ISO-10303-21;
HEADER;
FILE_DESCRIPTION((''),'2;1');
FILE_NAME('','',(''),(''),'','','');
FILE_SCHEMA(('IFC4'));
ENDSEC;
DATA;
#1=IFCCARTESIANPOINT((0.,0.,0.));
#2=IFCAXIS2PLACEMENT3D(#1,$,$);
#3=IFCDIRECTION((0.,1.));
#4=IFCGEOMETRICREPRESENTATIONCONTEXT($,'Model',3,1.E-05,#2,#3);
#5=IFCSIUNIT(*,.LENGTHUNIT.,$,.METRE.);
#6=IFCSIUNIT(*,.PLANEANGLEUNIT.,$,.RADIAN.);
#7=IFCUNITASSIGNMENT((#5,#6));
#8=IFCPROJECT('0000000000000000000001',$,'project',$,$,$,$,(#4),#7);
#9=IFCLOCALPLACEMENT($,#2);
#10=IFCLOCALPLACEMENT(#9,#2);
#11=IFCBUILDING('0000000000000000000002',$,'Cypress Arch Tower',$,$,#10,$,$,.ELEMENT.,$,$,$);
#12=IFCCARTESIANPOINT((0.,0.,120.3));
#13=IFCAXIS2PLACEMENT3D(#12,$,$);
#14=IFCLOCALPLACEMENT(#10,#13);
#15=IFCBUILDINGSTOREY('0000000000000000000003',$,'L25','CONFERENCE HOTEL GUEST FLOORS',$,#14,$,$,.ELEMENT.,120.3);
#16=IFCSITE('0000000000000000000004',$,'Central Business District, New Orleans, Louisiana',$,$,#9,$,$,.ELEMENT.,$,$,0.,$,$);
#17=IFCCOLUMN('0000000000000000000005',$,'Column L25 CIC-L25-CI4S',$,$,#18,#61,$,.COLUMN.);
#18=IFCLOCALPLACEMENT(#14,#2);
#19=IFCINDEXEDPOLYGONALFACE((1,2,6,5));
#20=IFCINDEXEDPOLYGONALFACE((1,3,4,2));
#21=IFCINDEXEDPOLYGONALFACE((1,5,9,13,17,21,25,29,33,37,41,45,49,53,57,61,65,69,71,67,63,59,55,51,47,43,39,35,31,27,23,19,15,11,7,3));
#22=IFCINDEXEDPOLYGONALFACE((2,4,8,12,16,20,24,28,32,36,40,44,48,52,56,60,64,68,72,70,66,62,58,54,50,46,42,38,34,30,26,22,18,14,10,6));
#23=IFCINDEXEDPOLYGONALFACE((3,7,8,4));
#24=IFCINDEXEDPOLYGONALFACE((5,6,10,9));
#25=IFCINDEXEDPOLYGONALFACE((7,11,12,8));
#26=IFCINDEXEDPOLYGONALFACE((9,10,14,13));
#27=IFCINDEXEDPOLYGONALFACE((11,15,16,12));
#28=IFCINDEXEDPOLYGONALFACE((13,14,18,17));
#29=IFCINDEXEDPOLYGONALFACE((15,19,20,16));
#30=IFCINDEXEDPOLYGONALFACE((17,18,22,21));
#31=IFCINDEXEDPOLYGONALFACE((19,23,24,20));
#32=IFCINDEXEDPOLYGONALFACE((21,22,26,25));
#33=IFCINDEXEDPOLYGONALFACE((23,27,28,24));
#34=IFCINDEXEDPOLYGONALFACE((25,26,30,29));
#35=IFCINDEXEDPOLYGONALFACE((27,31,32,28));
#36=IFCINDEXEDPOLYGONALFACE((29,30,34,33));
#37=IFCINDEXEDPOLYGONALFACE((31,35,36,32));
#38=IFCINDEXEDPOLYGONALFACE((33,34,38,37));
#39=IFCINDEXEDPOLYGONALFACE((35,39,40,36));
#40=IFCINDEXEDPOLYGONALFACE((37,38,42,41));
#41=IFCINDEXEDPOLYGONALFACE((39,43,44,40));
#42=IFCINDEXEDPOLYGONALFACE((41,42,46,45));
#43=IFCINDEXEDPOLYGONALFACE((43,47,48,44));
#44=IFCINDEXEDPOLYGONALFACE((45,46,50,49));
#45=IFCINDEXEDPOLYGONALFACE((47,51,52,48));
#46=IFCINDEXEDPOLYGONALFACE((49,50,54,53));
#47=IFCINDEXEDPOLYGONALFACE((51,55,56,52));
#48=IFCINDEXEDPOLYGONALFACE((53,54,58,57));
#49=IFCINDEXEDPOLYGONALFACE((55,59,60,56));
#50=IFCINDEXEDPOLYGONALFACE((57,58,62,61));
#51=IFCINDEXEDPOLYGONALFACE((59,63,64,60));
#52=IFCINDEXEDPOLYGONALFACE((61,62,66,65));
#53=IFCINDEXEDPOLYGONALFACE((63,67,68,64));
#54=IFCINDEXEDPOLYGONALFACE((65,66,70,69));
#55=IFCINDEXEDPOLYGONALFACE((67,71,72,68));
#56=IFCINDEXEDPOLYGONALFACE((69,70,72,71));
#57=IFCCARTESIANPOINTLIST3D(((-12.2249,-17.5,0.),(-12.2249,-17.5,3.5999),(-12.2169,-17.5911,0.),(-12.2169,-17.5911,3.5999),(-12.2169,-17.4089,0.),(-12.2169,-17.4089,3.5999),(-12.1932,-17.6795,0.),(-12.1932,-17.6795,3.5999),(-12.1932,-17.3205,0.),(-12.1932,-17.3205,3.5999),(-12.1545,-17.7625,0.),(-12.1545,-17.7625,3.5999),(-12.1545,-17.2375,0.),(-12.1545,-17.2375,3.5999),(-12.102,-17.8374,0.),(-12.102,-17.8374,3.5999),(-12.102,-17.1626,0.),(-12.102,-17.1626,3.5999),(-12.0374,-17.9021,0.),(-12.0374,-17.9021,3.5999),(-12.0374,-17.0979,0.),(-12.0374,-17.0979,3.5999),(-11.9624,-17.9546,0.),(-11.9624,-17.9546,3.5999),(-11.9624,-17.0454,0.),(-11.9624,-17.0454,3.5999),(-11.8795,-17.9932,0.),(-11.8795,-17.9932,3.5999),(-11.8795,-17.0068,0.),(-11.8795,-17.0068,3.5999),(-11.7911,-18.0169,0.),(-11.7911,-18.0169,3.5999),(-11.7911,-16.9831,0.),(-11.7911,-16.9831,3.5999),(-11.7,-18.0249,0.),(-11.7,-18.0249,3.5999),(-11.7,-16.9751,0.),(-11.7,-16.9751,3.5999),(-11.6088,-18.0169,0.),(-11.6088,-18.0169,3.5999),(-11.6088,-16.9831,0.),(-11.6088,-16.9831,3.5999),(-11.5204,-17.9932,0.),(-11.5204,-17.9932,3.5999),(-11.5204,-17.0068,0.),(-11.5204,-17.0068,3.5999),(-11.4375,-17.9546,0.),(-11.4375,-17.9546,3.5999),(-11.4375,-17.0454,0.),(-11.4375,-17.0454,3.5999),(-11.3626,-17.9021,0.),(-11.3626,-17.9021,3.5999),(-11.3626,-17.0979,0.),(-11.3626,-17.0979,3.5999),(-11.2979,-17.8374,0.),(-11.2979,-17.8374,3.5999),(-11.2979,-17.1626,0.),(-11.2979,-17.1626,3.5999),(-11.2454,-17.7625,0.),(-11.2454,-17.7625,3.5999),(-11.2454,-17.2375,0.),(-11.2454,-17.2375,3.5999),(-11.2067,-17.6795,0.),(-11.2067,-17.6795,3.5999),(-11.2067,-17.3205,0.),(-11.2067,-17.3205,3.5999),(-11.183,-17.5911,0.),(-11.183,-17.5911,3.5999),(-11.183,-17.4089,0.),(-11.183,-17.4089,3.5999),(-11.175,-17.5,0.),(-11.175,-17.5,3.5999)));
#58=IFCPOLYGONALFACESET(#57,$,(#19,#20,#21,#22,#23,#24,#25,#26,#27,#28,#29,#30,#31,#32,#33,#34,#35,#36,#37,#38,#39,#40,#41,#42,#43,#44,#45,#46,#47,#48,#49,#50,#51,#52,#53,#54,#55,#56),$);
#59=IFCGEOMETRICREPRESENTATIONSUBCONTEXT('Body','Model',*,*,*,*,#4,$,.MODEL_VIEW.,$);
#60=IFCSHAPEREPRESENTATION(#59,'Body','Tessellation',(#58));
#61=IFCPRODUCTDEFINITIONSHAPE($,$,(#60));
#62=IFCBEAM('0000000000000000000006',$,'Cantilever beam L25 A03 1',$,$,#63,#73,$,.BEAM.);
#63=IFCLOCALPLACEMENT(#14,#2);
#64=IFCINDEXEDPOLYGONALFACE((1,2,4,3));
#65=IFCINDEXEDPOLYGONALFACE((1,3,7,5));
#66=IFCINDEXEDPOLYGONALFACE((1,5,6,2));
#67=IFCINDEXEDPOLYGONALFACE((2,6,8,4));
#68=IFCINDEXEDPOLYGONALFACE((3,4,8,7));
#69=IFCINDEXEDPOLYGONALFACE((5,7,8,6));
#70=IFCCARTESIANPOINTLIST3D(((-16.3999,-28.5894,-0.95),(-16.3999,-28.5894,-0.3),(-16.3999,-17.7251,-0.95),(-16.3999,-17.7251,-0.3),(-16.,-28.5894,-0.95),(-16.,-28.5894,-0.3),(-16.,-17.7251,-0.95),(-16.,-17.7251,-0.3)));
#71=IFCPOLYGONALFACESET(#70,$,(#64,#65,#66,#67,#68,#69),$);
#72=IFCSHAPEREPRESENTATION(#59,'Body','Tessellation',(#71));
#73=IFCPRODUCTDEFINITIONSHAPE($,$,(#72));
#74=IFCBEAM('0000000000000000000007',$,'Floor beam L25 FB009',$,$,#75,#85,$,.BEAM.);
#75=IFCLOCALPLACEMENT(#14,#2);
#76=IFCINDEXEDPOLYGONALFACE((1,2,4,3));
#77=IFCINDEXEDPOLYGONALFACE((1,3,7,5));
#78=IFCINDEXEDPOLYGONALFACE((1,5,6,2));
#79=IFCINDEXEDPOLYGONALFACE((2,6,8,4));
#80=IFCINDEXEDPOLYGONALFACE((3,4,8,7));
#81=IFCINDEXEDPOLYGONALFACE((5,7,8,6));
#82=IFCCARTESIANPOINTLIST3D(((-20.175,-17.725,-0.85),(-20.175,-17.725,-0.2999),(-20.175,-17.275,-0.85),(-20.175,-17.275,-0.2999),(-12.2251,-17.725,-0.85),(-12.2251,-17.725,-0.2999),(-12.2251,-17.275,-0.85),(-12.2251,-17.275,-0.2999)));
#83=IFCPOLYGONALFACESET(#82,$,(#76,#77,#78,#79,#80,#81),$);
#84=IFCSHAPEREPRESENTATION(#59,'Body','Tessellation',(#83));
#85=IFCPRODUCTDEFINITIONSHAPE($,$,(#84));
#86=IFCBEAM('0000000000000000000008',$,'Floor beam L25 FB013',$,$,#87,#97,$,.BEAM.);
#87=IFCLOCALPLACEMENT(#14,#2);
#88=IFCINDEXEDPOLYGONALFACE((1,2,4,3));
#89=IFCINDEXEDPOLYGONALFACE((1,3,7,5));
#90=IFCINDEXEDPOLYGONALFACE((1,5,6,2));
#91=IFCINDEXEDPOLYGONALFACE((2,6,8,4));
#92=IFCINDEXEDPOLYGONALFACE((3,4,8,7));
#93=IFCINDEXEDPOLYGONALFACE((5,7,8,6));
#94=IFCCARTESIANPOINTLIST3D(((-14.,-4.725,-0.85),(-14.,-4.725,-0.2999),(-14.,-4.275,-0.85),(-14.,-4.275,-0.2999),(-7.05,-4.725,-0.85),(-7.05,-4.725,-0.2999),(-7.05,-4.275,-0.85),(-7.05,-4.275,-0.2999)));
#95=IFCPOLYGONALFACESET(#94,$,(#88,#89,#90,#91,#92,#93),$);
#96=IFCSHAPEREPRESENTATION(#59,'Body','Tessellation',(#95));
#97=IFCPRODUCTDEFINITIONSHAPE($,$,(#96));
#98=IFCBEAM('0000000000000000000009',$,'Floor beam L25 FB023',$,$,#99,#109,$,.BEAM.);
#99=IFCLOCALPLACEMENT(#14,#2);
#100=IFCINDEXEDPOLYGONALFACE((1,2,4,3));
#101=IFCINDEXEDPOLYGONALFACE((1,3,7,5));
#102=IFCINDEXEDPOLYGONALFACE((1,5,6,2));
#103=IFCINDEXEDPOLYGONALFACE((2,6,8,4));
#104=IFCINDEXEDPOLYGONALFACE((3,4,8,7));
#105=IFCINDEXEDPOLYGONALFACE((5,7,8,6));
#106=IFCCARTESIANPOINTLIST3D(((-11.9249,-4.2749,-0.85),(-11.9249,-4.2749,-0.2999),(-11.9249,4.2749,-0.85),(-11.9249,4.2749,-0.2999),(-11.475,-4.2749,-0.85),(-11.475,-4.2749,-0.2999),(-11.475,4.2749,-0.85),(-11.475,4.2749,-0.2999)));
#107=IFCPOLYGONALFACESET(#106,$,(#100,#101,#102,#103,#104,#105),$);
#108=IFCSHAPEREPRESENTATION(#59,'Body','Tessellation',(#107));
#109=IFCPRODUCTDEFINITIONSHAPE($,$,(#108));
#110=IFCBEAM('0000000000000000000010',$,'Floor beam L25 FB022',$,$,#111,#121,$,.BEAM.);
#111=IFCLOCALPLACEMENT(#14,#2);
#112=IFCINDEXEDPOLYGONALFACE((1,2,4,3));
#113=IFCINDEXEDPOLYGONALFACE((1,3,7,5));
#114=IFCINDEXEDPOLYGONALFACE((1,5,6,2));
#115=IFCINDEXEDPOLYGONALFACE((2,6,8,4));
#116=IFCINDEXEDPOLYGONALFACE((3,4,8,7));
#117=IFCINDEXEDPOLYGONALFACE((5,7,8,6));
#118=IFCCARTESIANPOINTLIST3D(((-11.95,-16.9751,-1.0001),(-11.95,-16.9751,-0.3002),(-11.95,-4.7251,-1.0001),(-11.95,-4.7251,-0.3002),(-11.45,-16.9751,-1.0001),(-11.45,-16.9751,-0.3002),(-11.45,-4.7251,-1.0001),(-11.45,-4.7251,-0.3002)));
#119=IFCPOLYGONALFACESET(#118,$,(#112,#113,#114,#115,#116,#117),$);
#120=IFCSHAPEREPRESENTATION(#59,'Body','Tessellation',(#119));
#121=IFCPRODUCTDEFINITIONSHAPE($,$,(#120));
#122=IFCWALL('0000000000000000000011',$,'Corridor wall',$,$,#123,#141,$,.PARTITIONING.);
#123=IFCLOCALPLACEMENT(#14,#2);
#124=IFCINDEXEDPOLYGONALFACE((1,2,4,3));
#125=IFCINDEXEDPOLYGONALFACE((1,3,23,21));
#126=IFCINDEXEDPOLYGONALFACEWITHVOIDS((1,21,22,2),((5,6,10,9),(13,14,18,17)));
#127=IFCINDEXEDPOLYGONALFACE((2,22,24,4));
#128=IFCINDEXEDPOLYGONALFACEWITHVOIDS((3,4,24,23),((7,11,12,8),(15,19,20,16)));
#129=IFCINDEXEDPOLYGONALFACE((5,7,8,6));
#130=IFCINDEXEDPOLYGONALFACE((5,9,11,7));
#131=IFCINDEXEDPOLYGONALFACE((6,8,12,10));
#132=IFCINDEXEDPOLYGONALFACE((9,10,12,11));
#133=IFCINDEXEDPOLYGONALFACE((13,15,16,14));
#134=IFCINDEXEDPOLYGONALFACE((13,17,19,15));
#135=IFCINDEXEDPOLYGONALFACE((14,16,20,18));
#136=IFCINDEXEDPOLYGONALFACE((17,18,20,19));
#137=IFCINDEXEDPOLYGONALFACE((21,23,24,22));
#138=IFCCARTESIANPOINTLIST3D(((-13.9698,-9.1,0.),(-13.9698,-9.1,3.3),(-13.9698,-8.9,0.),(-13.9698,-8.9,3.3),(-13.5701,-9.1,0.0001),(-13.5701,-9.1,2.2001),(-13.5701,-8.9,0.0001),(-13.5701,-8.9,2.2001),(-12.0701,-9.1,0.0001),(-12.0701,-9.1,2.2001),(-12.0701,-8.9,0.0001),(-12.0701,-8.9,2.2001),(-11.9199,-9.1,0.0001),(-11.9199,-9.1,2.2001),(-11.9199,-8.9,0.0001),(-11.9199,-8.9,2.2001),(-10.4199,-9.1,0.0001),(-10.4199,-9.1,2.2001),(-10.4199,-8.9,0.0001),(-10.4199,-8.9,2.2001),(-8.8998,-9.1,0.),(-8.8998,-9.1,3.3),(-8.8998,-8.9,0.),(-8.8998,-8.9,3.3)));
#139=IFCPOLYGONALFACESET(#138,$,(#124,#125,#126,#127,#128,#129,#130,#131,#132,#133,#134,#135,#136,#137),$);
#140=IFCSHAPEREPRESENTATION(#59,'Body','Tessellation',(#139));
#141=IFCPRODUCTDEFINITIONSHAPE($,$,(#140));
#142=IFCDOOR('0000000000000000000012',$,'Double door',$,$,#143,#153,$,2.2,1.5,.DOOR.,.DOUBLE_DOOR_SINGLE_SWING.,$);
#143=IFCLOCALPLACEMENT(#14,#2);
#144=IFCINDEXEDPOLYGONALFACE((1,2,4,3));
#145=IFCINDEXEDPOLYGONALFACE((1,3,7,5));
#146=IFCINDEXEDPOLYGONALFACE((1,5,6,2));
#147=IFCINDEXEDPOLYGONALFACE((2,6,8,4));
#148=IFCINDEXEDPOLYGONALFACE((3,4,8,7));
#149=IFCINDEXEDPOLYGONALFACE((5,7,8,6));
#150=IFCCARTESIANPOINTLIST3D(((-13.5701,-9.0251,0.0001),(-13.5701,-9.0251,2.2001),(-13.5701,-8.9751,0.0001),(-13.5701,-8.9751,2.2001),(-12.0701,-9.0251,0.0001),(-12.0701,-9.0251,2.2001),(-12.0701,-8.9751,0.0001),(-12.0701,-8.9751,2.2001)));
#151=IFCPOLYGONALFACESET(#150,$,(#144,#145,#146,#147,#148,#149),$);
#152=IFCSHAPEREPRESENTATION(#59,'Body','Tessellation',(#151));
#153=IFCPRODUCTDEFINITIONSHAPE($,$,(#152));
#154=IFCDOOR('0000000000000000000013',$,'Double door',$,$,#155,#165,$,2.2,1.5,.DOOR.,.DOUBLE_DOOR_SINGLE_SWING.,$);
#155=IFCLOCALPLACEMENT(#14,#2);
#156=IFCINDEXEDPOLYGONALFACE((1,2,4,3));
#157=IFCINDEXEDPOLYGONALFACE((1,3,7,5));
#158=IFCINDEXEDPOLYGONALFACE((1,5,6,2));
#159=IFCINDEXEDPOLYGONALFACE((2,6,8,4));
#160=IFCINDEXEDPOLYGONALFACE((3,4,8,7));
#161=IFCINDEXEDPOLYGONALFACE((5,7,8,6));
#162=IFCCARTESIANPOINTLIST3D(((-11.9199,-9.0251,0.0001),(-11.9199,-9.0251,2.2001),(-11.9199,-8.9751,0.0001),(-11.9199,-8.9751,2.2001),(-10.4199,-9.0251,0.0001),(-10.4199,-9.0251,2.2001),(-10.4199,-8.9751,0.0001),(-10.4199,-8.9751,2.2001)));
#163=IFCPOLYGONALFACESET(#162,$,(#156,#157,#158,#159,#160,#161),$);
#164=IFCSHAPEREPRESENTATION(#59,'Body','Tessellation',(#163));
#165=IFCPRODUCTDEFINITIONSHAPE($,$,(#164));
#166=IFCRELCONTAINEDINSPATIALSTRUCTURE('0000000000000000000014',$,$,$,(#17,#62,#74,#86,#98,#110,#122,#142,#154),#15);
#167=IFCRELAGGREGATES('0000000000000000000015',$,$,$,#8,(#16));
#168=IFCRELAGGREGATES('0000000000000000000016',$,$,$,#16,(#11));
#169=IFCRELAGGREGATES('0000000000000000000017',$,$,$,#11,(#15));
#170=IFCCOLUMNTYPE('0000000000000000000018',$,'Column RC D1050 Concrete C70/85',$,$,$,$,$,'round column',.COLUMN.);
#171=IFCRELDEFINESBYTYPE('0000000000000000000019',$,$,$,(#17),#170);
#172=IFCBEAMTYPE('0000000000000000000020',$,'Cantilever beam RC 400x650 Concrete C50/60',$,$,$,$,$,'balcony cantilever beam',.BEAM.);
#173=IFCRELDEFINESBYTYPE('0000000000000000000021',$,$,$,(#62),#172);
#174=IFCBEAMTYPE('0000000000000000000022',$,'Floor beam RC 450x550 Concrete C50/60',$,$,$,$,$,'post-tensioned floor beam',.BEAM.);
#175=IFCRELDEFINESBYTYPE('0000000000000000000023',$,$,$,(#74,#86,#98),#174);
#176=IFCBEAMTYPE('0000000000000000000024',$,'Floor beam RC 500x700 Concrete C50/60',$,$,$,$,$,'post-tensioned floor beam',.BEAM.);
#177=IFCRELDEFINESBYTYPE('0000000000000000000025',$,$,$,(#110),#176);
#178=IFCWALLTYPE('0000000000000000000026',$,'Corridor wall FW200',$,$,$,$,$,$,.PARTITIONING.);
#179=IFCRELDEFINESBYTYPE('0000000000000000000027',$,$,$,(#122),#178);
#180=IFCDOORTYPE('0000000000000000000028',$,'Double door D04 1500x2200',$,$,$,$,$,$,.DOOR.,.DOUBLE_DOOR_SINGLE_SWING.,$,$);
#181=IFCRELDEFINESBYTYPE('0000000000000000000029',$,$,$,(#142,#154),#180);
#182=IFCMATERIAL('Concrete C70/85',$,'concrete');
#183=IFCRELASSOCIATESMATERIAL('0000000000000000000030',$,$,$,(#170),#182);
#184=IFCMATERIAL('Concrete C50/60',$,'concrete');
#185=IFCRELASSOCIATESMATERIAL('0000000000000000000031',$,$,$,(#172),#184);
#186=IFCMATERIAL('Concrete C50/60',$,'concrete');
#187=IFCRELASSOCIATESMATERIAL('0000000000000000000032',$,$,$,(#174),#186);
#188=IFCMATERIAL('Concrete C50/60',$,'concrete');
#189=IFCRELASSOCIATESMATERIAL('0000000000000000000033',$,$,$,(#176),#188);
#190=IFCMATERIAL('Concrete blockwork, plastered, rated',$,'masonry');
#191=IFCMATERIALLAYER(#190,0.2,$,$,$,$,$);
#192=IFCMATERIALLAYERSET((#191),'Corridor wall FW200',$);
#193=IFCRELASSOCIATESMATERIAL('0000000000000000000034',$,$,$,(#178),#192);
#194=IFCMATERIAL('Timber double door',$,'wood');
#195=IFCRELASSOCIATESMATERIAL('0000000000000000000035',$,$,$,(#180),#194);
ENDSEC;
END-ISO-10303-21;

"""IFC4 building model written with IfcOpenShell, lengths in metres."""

from ifc_helpers import new_model, si_unit, direction, frame, frame_2d, origin, origin_2d, place, context, subcontext, project, spatial, rectangle, circle, extrude, material, layer, layer_set, material_profile, profile_set, type_object, element, fill, save


model = new_model("IFC4")

# Units and contexts
model_context = context("Model", 3, precision=1e-05, world=origin(), true_north=direction((0.0, 1.0)))
body_context = subcontext(model_context, "Body", "Model", "MODEL_VIEW")
ifc_project = project(units=[si_unit("LENGTHUNIT", "METRE"), si_unit("PLANEANGLEUNIT", "RADIAN")], contexts=[model_context])

# Site, building, storey
site_placement = place(None, origin())
site = spatial("IfcSite", under=ifc_project, at=site_placement, Name="Central Business District, New Orleans, Louisiana", CompositionType="ELEMENT", RefElevation=0.0)
building_placement = place(site_placement, origin())
building = spatial("IfcBuilding", under=site, at=building_placement, Name="Cypress Arch Tower", CompositionType="ELEMENT")
storey_placement = place(building_placement, frame((0.0, 0.0, 120.3)))
storey = spatial("IfcBuildingStorey", under=building, at=storey_placement, Name="L25", Description="CONFERENCE HOTEL GUEST FLOORS", CompositionType="ELEMENT", Elevation=120.3)

# Column
ifc_material_1 = material(Name="Concrete C70/85", Category="concrete")
ifc_material_profile_1 = material_profile(ifc_material_1, circle(Radius=0.5249, at=origin_2d()), Name="RC D1050")
ifc_profile_set_1 = profile_set([ifc_material_profile_1], Name="Concrete C70/85")
column_type = type_object("IfcColumnType", Name="Column RC D1050 Concrete C70/85", ElementType="round column", PredefinedType="COLUMN", material=ifc_profile_set_1)
column_placement = place(storey_placement, frame((-11.7, -17.5, 0.0), z_axis=(0.0, 0.0, 1.0), x_axis=(1.0, 0.0, 0.0)))
element("IfcColumn", 1, at=column_placement, inside=storey, type_object=column_type, Name="Column L25 CIC-L25-CI4S", PredefinedType="COLUMN", context=body_context, shape_type="SweptSolid", body=[
    extrude(circle(Radius=0.5249, at=origin_2d()), origin(), (0.0, 0.0, 1.0), 3.5999),
])

# Beams
ifc_material_2 = material(Name="Concrete C50/60", Category="concrete")
ifc_material_profile_2 = material_profile(ifc_material_2, rectangle(XDim=0.3999, YDim=0.6499, at=origin_2d()), Name="RC 400x650")
ifc_profile_set_2 = profile_set([ifc_material_profile_2], Name="Concrete C50/60")
beam_type_1 = type_object("IfcBeamType", Name="Cantilever beam RC 400x650 Concrete C50/60", ElementType="balcony cantilever beam", PredefinedType="BEAM", material=ifc_profile_set_2)
beam_1_placement = place(storey_placement, frame((-16.2, -17.7251, -0.625), z_axis=(0.0, -1.0, 0.0), x_axis=(1.0, 0.0, 0.0)))
element("IfcBeam", 2, at=beam_1_placement, inside=storey, type_object=beam_type_1, Name="Cantilever beam L25 A03 1", PredefinedType="BEAM", context=body_context, shape_type="SweptSolid", body=[
    extrude(rectangle(XDim=0.3999, YDim=0.6499, at=origin_2d()), origin(), (0.0, 0.0, 1.0), 10.8643),
])
ifc_material_3 = material(Name="Concrete C50/60", Category="concrete")
ifc_material_profile_3 = material_profile(ifc_material_3, rectangle(XDim=0.45, YDim=0.55, at=origin_2d()), Name="RC 450x550")
ifc_profile_set_3 = profile_set([ifc_material_profile_3], Name="Concrete C50/60")
beam_type_2 = type_object("IfcBeamType", Name="Floor beam RC 450x550 Concrete C50/60", ElementType="post-tensioned floor beam", PredefinedType="BEAM", material=ifc_profile_set_3)
beam_2_placement = place(storey_placement, frame((-20.175, -17.5, -0.575), z_axis=(1.0, 0.0, 0.0), x_axis=(0.0, 1.0, 0.0)))
element("IfcBeam", 3, at=beam_2_placement, inside=storey, type_object=beam_type_2, Name="Floor beam L25 FB009", PredefinedType="BEAM", context=body_context, shape_type="SweptSolid", body=[
    extrude(rectangle(XDim=0.45, YDim=0.55, at=origin_2d()), origin(), (0.0, 0.0, 1.0), 7.95),
])
beam_3_placement = place(storey_placement, frame((-14.0, -4.5, -0.575), z_axis=(1.0, 0.0, 0.0), x_axis=(0.0, 1.0, 0.0)))
element("IfcBeam", 4, at=beam_3_placement, inside=storey, type_object=beam_type_2, Name="Floor beam L25 FB013", PredefinedType="BEAM", context=body_context, shape_type="SweptSolid", body=[
    extrude(rectangle(XDim=0.45, YDim=0.55, at=origin_2d()), origin(), (0.0, 0.0, 1.0), 6.95),
])
beam_4_placement = place(storey_placement, frame((-11.7, -4.2749, -0.575), z_axis=(0.0, 1.0, 0.0), x_axis=(-1.0, 0.0, 0.0)))
element("IfcBeam", 5, at=beam_4_placement, inside=storey, type_object=beam_type_2, Name="Floor beam L25 FB023", PredefinedType="BEAM", context=body_context, shape_type="SweptSolid", body=[
    extrude(rectangle(XDim=0.45, YDim=0.55, at=origin_2d()), origin(), (0.0, 0.0, 1.0), 8.5498),
])
ifc_material_4 = material(Name="Concrete C50/60", Category="concrete")
ifc_material_profile_4 = material_profile(ifc_material_4, rectangle(XDim=0.5, YDim=0.7, at=origin_2d()), Name="RC 500x700")
ifc_profile_set_4 = profile_set([ifc_material_profile_4], Name="Concrete C50/60")
beam_type_3 = type_object("IfcBeamType", Name="Floor beam RC 500x700 Concrete C50/60", ElementType="post-tensioned floor beam", PredefinedType="BEAM", material=ifc_profile_set_4)
beam_5_placement = place(storey_placement, frame((-11.7, -16.9751, -0.6501), z_axis=(0.0, 1.0, 0.0), x_axis=(-1.0, 0.0, 0.0)))
element("IfcBeam", 6, at=beam_5_placement, inside=storey, type_object=beam_type_3, Name="Floor beam L25 FB022", PredefinedType="BEAM", context=body_context, shape_type="SweptSolid", body=[
    extrude(rectangle(XDim=0.5, YDim=0.7, at=origin_2d()), origin(), (0.0, 0.0, 1.0), 12.25),
])

# Wall, openings, doors
ifc_material_5 = material(Name="Concrete blockwork, plastered, rated", Category="masonry")
ifc_layer_1 = layer(ifc_material_5, 0.2)
ifc_layer_set_1 = layer_set([ifc_layer_1], Name="Corridor wall FW200")
wall_type_1 = type_object("IfcWallType", Name="Corridor wall FW200", PredefinedType="PARTITIONING", material=ifc_layer_set_1)
wall_1_placement = place(storey_placement, frame((-13.97, -9.0, 0.0), z_axis=(0.0, 0.0, 1.0), x_axis=(1.0, 0.0, 0.0)))
wall_1 = element("IfcWall", 7, at=wall_1_placement, inside=storey, type_object=wall_type_1, Name="Corridor wall", PredefinedType="PARTITIONING", context=body_context, shape_type="SweptSolid", body=[
    extrude(rectangle(XDim=5.0701, YDim=0.2, at=frame_2d((2.5352, 0.0))), origin(), (0.0, 0.0, 1.0), 3.3),
])
opening_1_placement = place(wall_1_placement, frame((0.3999, 0.0, 0.0)))
opening_1 = element("IfcOpeningElement", 8, at=opening_1_placement, cuts=wall_1, PredefinedType="OPENING", context=body_context, shape_type="SweptSolid", body=[
    extrude(rectangle(XDim=1.5, YDim=2.2, at=frame_2d((0.75, 1.1001))), frame((0.0, 0.1099, 0.0), z_axis=(0.0, -1.0, 0.0), x_axis=(1.0, 0.0, 0.0)), (0.0, 0.0, 1.0), 0.22),
])
opening_2_placement = place(wall_1_placement, frame((2.05, 0.0, 0.0)))
opening_2 = element("IfcOpeningElement", 9, at=opening_2_placement, cuts=wall_1, PredefinedType="OPENING", context=body_context, shape_type="SweptSolid", body=[
    extrude(rectangle(XDim=1.5, YDim=2.2, at=frame_2d((0.75, 1.1001))), frame((0.0, 0.1099, 0.0), z_axis=(0.0, -1.0, 0.0), x_axis=(1.0, 0.0, 0.0)), (0.0, 0.0, 1.0), 0.22),
])
ifc_material_6 = material(Name="Timber double door", Category="wood")
door_type_1 = type_object("IfcDoorType", Name="Double door D04 1500x2200", OperationType="DOUBLE_DOOR_SINGLE_SWING", PredefinedType="DOOR", material=ifc_material_6)
door_1_placement = place(opening_1_placement, origin())
door_1 = element("IfcDoor", 10, at=door_1_placement, inside=storey, type_object=door_type_1, Name="Double door", OperationType="DOUBLE_DOOR_SINGLE_SWING", OverallHeight=2.2, OverallWidth=1.5, PredefinedType="DOOR", context=body_context, shape_type="SweptSolid", body=[
    extrude(rectangle(XDim=1.5, YDim=2.2, at=frame_2d((0.75, 1.1001))), frame((0.0, 0.0249, 0.0), z_axis=(0.0, -1.0, 0.0), x_axis=(1.0, 0.0, 0.0)), (0.0, 0.0, 1.0), 0.05),
])
fill(opening_1, door_1)
door_2_placement = place(opening_2_placement, origin())
door_2 = element("IfcDoor", 11, at=door_2_placement, inside=storey, type_object=door_type_1, Name="Double door", OperationType="DOUBLE_DOOR_SINGLE_SWING", OverallHeight=2.2, OverallWidth=1.5, PredefinedType="DOOR", context=body_context, shape_type="SweptSolid", body=[
    extrude(rectangle(XDim=1.5, YDim=2.2, at=frame_2d((0.75, 1.1001))), frame((0.0, 0.0249, 0.0), z_axis=(0.0, -1.0, 0.0), x_axis=(1.0, 0.0, 0.0)), (0.0, 0.0, 1.0), 0.05),
])
fill(opening_2, door_2)

save(model, "model.ifc")
